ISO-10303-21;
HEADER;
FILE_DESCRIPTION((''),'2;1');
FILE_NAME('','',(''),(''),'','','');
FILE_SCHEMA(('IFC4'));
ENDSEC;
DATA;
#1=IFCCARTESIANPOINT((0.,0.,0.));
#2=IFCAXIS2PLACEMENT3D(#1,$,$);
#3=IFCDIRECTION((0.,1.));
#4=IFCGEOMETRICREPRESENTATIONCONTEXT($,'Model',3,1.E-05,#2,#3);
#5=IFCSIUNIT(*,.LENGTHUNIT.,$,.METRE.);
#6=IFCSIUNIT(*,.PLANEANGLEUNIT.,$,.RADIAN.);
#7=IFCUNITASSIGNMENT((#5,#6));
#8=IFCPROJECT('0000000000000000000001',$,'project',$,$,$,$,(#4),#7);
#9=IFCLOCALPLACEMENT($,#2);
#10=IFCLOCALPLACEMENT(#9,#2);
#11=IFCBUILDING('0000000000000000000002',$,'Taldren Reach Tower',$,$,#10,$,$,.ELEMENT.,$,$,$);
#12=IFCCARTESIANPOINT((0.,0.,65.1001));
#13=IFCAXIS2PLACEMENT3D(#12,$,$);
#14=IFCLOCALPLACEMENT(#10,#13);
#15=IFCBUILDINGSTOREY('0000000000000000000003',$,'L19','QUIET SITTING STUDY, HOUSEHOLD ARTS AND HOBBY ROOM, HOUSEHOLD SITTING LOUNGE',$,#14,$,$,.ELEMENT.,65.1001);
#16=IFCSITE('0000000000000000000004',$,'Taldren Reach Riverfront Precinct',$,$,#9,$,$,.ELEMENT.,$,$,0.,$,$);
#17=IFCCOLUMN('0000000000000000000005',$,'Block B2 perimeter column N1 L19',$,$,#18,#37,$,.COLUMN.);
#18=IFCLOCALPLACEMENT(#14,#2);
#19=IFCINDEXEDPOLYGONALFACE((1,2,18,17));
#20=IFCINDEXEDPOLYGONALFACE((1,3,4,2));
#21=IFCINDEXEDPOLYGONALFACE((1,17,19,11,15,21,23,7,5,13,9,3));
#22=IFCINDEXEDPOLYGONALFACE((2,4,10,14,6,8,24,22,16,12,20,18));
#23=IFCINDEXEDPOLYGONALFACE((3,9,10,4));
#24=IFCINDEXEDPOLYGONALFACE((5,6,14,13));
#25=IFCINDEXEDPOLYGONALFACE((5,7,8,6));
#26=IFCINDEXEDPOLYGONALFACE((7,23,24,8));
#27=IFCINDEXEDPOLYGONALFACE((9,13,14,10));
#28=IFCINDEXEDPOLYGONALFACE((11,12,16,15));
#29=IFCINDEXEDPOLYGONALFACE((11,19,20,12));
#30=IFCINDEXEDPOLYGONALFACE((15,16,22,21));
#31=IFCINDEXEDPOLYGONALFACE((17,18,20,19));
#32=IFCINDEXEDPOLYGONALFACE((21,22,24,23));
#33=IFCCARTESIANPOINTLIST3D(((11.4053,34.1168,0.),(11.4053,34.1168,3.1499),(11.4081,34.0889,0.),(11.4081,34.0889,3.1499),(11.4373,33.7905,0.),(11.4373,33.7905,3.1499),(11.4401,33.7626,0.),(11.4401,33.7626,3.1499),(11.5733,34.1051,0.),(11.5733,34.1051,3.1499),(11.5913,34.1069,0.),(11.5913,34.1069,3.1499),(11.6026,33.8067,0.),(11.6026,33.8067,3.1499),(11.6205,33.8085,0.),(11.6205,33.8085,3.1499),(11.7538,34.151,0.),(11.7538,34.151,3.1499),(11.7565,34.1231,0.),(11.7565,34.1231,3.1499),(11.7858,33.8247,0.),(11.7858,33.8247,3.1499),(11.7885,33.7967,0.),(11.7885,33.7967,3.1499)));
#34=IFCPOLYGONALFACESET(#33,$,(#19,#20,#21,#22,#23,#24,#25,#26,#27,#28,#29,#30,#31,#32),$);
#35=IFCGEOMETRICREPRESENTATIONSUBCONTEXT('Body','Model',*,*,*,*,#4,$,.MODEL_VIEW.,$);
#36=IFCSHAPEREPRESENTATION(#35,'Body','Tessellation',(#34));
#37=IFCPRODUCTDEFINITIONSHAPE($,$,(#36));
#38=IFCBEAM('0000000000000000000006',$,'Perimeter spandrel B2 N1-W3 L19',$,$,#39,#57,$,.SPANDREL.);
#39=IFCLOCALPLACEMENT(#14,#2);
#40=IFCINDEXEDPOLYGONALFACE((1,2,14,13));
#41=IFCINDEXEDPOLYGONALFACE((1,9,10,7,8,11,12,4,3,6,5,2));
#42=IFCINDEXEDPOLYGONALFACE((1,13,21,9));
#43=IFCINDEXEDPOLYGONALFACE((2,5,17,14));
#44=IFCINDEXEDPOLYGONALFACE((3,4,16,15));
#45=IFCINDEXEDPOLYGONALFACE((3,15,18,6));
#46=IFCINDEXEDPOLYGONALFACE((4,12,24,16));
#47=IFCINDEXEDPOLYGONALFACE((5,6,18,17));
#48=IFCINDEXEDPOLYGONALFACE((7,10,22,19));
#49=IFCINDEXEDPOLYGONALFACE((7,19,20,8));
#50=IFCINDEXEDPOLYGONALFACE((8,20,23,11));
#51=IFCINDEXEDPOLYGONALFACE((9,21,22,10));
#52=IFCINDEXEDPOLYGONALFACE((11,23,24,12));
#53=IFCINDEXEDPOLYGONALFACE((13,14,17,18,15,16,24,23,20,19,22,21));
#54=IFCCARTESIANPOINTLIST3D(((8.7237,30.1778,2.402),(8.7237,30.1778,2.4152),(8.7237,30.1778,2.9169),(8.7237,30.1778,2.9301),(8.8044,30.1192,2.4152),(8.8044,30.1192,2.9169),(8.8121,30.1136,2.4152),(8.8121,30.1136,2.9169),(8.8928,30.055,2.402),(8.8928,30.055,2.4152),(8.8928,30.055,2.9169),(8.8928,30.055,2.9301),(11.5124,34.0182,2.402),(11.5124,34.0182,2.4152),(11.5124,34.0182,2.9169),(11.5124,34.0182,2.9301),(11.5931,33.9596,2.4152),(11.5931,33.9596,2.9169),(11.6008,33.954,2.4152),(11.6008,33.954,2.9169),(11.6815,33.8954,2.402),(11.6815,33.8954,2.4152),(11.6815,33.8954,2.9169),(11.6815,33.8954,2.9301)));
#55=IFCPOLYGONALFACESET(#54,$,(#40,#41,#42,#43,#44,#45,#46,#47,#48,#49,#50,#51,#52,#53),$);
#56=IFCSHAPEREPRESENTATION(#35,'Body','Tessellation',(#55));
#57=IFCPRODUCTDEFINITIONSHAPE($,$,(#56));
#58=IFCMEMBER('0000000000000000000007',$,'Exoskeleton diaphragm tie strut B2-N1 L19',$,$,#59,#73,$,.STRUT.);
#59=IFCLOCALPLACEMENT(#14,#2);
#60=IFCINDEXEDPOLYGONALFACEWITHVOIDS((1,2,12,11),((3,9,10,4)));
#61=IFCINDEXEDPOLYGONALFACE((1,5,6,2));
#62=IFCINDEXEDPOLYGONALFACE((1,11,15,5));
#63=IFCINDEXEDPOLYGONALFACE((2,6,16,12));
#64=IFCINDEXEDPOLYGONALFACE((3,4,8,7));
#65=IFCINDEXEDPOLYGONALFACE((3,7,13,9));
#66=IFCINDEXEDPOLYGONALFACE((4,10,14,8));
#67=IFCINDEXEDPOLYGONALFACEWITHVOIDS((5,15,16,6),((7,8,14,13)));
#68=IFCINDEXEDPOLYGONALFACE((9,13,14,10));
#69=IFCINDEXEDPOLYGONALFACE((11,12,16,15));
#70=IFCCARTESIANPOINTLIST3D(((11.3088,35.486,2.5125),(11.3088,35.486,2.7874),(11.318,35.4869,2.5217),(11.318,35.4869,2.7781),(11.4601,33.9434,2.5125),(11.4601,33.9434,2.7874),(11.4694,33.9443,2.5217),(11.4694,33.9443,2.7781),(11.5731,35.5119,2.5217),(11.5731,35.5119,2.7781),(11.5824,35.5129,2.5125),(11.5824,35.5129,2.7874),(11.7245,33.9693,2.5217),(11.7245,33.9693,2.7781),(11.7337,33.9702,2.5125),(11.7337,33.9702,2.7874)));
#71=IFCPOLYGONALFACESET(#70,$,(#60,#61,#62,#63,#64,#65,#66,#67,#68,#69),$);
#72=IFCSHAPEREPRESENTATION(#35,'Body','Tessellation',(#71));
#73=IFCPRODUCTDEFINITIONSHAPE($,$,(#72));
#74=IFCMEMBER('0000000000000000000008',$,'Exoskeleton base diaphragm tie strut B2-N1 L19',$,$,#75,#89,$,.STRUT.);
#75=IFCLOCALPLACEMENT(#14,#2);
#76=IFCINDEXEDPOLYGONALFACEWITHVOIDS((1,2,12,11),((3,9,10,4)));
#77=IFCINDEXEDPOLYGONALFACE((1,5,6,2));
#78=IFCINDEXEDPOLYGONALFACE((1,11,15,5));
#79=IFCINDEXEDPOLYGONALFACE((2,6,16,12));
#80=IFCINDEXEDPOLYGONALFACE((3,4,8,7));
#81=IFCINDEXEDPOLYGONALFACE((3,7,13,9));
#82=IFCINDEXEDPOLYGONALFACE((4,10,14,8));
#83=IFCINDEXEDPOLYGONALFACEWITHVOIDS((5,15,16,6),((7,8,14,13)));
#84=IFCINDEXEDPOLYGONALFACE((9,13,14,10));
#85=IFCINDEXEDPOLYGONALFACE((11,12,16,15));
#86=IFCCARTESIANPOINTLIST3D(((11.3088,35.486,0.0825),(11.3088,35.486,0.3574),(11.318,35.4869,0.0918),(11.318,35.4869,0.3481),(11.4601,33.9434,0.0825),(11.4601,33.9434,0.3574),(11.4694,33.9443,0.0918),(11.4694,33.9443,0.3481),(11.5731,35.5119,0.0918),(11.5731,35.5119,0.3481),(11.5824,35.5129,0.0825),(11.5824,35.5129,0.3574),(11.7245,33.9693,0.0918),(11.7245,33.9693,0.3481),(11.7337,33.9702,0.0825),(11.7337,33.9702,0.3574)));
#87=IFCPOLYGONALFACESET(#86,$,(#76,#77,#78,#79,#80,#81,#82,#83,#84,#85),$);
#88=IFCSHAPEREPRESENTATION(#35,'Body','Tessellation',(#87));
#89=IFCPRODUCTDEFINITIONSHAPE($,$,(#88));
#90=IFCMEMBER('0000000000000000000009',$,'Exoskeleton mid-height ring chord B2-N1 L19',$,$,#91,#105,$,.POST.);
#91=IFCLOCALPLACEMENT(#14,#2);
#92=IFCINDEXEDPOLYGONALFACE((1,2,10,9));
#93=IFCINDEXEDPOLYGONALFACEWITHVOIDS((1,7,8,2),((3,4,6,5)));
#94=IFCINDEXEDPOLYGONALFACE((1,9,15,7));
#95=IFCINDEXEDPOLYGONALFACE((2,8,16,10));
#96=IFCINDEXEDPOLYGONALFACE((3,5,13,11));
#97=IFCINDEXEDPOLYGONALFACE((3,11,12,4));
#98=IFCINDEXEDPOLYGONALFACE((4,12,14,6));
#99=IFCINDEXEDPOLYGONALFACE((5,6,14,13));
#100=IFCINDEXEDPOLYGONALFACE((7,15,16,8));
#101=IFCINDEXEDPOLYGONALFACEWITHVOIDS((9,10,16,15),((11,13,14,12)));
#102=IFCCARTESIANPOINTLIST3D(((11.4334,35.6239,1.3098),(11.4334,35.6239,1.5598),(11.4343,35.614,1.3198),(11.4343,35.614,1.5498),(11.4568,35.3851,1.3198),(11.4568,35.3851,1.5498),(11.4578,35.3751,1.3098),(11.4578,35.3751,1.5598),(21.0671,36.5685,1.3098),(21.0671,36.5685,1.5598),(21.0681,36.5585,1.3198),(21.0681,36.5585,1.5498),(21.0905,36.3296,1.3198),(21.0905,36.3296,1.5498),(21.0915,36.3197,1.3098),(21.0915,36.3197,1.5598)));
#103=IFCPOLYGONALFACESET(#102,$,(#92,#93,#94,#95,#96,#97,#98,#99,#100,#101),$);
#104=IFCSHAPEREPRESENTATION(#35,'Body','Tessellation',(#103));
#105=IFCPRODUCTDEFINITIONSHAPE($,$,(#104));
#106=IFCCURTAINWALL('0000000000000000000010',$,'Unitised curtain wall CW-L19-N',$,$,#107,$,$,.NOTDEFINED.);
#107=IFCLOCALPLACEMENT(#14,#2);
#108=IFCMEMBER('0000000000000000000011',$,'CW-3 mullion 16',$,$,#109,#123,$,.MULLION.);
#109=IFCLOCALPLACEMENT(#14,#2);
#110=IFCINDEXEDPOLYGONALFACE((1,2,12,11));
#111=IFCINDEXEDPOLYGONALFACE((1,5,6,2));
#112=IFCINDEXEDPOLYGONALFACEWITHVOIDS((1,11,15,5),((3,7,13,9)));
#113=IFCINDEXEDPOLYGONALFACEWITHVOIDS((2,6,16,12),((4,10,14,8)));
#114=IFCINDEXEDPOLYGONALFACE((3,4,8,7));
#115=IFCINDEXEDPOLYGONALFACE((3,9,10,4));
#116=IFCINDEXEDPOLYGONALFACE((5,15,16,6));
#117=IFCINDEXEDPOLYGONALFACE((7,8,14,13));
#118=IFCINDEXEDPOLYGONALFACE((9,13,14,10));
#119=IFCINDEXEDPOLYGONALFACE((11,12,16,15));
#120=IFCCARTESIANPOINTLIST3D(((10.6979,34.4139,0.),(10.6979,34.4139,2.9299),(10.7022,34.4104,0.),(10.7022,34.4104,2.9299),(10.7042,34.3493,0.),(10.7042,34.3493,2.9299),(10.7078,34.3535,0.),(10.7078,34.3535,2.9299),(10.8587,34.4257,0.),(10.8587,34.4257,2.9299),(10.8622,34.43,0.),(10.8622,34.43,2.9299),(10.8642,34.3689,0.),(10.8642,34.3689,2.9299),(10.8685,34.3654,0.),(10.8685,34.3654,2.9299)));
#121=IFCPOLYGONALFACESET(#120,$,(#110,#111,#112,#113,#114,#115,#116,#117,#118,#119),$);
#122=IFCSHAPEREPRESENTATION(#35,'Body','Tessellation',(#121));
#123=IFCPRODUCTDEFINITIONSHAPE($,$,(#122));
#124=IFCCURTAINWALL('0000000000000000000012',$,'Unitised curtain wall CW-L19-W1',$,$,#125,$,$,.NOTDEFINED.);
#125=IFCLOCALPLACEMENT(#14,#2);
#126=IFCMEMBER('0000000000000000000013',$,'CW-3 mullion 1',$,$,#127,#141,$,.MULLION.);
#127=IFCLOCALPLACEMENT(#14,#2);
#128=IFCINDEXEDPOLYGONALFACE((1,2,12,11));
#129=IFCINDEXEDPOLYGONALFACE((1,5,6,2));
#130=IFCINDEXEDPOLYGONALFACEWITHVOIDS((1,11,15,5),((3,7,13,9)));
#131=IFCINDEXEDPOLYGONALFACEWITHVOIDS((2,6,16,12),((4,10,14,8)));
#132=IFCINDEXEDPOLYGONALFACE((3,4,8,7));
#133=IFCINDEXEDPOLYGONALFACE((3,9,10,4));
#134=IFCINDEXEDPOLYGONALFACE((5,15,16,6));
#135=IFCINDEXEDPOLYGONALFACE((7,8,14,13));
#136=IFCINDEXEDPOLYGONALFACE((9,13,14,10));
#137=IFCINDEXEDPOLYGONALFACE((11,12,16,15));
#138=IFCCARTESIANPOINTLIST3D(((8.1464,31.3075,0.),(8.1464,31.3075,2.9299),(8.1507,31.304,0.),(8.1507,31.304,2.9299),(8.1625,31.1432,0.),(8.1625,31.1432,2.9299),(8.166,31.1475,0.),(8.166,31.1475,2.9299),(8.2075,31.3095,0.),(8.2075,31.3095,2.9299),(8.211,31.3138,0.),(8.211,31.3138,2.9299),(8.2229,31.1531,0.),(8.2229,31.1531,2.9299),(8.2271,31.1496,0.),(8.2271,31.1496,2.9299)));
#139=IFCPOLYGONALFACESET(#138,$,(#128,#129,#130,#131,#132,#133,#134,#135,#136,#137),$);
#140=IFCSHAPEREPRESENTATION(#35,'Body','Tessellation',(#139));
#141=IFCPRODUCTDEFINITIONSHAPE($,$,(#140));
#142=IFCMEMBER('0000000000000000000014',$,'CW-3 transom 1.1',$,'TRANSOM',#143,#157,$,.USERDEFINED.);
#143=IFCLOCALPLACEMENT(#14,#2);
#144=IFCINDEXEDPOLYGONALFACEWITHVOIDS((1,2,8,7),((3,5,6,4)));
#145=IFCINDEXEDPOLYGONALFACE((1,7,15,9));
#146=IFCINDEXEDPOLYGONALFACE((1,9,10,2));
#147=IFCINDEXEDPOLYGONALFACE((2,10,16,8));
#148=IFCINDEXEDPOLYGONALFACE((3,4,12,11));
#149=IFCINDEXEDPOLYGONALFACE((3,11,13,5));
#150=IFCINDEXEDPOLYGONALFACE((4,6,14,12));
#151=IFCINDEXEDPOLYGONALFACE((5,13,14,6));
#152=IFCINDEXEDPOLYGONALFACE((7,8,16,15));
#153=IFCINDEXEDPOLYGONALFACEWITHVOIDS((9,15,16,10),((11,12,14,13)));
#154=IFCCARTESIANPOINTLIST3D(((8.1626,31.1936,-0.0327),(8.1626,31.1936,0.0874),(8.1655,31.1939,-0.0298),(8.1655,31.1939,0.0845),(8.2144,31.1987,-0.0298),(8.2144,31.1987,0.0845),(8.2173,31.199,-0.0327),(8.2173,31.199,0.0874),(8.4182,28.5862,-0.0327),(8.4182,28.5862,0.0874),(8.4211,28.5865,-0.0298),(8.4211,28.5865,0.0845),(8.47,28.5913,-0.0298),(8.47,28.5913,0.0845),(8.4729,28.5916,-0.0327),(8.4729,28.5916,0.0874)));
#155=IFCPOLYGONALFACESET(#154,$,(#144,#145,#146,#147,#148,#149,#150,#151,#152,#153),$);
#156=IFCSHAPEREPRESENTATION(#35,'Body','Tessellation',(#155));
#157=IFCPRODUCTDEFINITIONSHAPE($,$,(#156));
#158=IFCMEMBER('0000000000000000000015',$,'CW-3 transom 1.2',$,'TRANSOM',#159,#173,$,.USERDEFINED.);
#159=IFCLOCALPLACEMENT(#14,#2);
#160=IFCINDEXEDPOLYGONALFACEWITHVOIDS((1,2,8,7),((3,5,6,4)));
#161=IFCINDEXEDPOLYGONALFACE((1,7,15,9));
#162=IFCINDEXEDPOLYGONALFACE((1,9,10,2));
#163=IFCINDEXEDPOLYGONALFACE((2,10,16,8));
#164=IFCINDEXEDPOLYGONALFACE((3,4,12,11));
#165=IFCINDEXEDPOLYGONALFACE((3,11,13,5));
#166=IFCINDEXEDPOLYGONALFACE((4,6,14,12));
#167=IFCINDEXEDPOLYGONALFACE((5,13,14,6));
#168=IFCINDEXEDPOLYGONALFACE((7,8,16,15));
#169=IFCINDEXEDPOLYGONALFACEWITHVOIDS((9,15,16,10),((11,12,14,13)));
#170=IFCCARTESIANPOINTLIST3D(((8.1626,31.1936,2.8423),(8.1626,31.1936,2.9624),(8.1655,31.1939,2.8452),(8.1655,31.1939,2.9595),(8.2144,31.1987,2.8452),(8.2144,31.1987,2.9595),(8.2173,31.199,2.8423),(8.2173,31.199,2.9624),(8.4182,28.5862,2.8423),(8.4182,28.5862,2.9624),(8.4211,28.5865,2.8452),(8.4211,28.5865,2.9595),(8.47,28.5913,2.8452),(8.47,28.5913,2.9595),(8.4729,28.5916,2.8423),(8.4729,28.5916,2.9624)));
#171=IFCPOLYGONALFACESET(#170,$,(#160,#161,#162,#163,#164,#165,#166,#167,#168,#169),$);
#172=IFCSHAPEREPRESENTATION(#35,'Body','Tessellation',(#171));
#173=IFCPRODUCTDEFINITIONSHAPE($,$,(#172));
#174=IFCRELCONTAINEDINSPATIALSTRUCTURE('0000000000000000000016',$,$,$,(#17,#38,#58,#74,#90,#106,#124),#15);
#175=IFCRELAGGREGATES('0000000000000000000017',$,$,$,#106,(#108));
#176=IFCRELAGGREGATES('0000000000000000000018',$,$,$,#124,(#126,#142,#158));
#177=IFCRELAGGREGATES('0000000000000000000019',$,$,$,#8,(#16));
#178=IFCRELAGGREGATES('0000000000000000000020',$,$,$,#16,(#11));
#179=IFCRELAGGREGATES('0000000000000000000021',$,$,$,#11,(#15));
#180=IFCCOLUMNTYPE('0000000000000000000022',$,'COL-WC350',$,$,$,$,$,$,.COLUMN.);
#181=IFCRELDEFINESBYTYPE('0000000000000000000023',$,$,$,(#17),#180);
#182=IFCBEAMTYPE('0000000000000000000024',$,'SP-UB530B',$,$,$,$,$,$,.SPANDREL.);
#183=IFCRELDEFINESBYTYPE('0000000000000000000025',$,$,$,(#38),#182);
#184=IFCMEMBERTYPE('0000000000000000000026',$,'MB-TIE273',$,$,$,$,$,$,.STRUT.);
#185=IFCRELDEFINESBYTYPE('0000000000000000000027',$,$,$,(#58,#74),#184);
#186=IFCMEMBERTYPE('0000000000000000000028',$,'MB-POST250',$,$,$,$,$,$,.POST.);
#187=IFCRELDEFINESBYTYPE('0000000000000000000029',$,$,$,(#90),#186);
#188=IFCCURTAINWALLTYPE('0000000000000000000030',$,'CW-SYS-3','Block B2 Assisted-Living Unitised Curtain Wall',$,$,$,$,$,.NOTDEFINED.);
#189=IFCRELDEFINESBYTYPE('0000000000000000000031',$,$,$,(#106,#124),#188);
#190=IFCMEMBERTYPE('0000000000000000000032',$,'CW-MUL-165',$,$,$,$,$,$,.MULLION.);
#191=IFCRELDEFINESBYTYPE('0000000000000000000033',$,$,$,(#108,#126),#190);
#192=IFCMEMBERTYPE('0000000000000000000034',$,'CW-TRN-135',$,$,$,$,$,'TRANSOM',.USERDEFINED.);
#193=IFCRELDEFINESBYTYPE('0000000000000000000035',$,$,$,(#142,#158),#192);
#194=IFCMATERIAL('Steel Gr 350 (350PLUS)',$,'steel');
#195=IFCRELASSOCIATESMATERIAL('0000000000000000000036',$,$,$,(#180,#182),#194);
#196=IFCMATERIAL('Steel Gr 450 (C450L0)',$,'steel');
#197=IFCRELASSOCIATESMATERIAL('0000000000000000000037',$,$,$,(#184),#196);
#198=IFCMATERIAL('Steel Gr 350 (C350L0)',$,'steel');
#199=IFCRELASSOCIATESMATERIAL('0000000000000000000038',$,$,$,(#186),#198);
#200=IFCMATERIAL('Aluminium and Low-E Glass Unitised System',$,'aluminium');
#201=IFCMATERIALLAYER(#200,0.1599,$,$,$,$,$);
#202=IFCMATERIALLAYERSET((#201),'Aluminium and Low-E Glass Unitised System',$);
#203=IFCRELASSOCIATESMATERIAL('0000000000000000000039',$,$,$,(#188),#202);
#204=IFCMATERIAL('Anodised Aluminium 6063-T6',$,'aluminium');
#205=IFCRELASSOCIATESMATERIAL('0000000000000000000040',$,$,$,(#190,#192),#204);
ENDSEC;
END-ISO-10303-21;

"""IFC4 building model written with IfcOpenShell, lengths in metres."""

from ifc_helpers import new_model, si_unit, direction, frame, origin, origin_2d, place, context, subcontext, project, spatial, hollow_rectangle, i_section, extrude, source, transform, mapped, material, layer, layer_set, material_profile, profile_set, type_object, element, aggregate, save


model = new_model("IFC4")

# Units and contexts
model_context = context("Model", 3, precision=1e-05, world=origin(), true_north=direction((0.0, 1.0)))
body_context = subcontext(model_context, "Body", "Model", "MODEL_VIEW")
ifc_project = project(units=[si_unit("LENGTHUNIT", "METRE"), si_unit("PLANEANGLEUNIT", "RADIAN")], contexts=[model_context])

# Site, building, storey
site_placement = place(None, origin())
site = spatial("IfcSite", under=ifc_project, at=site_placement, Name="Taldren Reach Riverfront Precinct", CompositionType="ELEMENT", RefElevation=0.0)
building_placement = place(site_placement, origin())
building = spatial("IfcBuilding", under=site, at=building_placement, Name="Taldren Reach Tower", CompositionType="ELEMENT")
storey_placement = place(building_placement, frame((0.0, 0.0, 65.1001)))
storey = spatial("IfcBuildingStorey", under=building, at=storey_placement, Name="L19", Description="QUIET SITTING STUDY, HOUSEHOLD ARTS AND HOBBY ROOM, HOUSEHOLD SITTING LOUNGE", CompositionType="ELEMENT", Elevation=65.1001)

# Column
ifc_material_1 = material(Name="Steel Gr 350 (350PLUS)", Category="steel")
ifc_material_profile_1 = material_profile(ifc_material_1, i_section(OverallWidth=0.3501, OverallDepth=0.356, WebThickness=0.0181, FlangeThickness=0.0281, at=origin_2d()), Name="350WC197")
ifc_profile_set_1 = profile_set([ifc_material_profile_1], Name="Steel Gr 350 (350PLUS)")
column_type = type_object("IfcColumnType", Name="COL-WC350", PredefinedType="COLUMN", material=ifc_profile_set_1)
shared_shape_1 = source(origin(), body_context, "Body", "SweptSolid", [
    extrude(i_section(OverallWidth=0.3501, OverallDepth=0.356, WebThickness=0.0181, FlangeThickness=0.0281, at=origin_2d()), origin(), (0.0, 0.0, 1.0), 3.1499),
])
column_placement = place(storey_placement, frame((11.5969, 33.9568, 0.0), z_axis=(0.0, 0.0, 1.0), x_axis=(0.995227, 0.097583, 0.0)))
element("IfcColumn", 1, at=column_placement, inside=storey, type_object=column_type, Name="Block B2 perimeter column N1 L19", PredefinedType="COLUMN", context=body_context, shape_type="MappedRepresentation", body=[
    mapped(shared_shape_1, transform((0.0, 0.0, 0.0), scale=1.0)),
])

# Beam
ifc_material_profile_2 = material_profile(ifc_material_1, i_section(OverallWidth=0.209, OverallDepth=0.5281, WebThickness=0.0095, FlangeThickness=0.0132, at=origin_2d()), Name="530UB82.0")
ifc_profile_set_2 = profile_set([ifc_material_profile_2], Name="Steel Gr 350 (350PLUS)")
beam_type = type_object("IfcBeamType", Name="SP-UB530B", PredefinedType="SPANDREL", material=ifc_profile_set_2)
shared_shape_2 = source(origin(), body_context, "Body", "SweptSolid", [
    extrude(i_section(OverallWidth=0.209, OverallDepth=0.5281, WebThickness=0.0095, FlangeThickness=0.0132, at=origin_2d()), origin(), (0.0, 0.0, 1.0), 4.7461),
])
beam_placement = place(storey_placement, frame((11.5969, 33.9568, 2.666), z_axis=(-0.587566, -0.809176, 0.0), x_axis=(0.809176, -0.587566, 0.0)))
element("IfcBeam", 2, at=beam_placement, inside=storey, type_object=beam_type, Name="Perimeter spandrel B2 N1-W3 L19", PredefinedType="SPANDREL", context=body_context, shape_type="MappedRepresentation", body=[
    mapped(shared_shape_2, transform((0.0, 0.0, 0.0), scale=1.0)),
])

# Members
ifc_material_2 = material(Name="Steel Gr 450 (C450L0)", Category="steel")
ifc_material_profile_3 = material_profile(ifc_material_2, hollow_rectangle(XDim=0.2749, YDim=0.2749, WallThickness=0.0093, at=origin_2d()), Name="275x275x9.3SHS")
ifc_profile_set_3 = profile_set([ifc_material_profile_3], Name="Steel Gr 450 (C450L0)")
member_type_1 = type_object("IfcMemberType", Name="MB-TIE273", PredefinedType="STRUT", material=ifc_profile_set_3)
shared_shape_3 = source(origin(), body_context, "Body", "SweptSolid", [
    extrude(hollow_rectangle(XDim=0.2749, YDim=0.2749, WallThickness=0.0093, at=origin_2d()), origin(), (0.0, 0.0, 1.0), 1.55),
])
for number, where, z_axis, x_axis, name in (
    (3, (11.5969, 33.9568, 2.6499), (-0.097648, 0.995221, 0.0), (-0.995221, -0.097648, 0.0), "Exoskeleton diaphragm tie strut B2-N1 L19"),
    (4, (11.5969, 33.9568, 0.22), (-0.097648, 0.995221, 0.0), (-0.995221, -0.097648, 0.0), "Exoskeleton base diaphragm tie strut B2-N1 L19"),
):
    element("IfcMember", number, at=place(storey_placement, frame(where, z_axis=z_axis, x_axis=x_axis)), inside=storey, type_object=member_type_1, Name=name, PredefinedType="STRUT", context=body_context, shape_type="MappedRepresentation", body=[
        mapped(shared_shape_3, transform((0.0, 0.0, 0.0), scale=1.0)),
    ])
ifc_material_3 = material(Name="Steel Gr 350 (C350L0)", Category="steel")
ifc_material_profile_4 = material_profile(ifc_material_3, hollow_rectangle(XDim=0.25, YDim=0.25, WallThickness=0.01, at=origin_2d()), Name="250x250x10.0SHS")
ifc_profile_set_4 = profile_set([ifc_material_profile_4], Name="Steel Gr 350 (C350L0)")
member_type_2 = type_object("IfcMemberType", Name="MB-POST250", PredefinedType="POST", material=ifc_profile_set_4)
shared_shape_4 = source(origin(), body_context, "Body", "SweptSolid", [
    extrude(hollow_rectangle(XDim=0.25, YDim=0.25, WallThickness=0.01, at=origin_2d()), origin(), (0.0, 0.0, 1.0), 9.6799),
])
member_1_placement = place(storey_placement, frame((11.4456, 35.4995, 1.4348), z_axis=(0.995228, 0.097581, 0.0), x_axis=(-0.097581, 0.995228, 0.0)))
element("IfcMember", 5, at=member_1_placement, inside=storey, type_object=member_type_2, Name="Exoskeleton mid-height ring chord B2-N1 L19", PredefinedType="POST", context=body_context, shape_type="MappedRepresentation", body=[
    mapped(shared_shape_4, transform((0.0, 0.0, 0.0), scale=1.0)),
])

# Curtain wall, member
ifc_material_4 = material(Name="Aluminium and Low-E Glass Unitised System", Category="aluminium")
ifc_layer_1 = layer(ifc_material_4, 0.1599)
ifc_layer_set_1 = layer_set([ifc_layer_1], Name="Aluminium and Low-E Glass Unitised System")
curtain_wall_type = type_object("IfcCurtainWallType", Name="CW-SYS-3", Description="Block B2 Assisted-Living Unitised Curtain Wall", PredefinedType="NOTDEFINED", material=ifc_layer_set_1)
curtain_wall_1_placement = place(storey_placement, origin())
curtain_wall_1 = element("IfcCurtainWall", 6, at=curtain_wall_1_placement, inside=storey, type_object=curtain_wall_type, Name="Unitised curtain wall CW-L19-N", PredefinedType="NOTDEFINED")
ifc_material_5 = material(Name="Anodised Aluminium 6063-T6", Category="aluminium")
ifc_material_profile_5 = material_profile(ifc_material_5, hollow_rectangle(XDim=0.0649, YDim=0.165, WallThickness=0.0039, at=origin_2d()), Name="ALU-165x65x4RHS")
ifc_profile_set_5 = profile_set([ifc_material_profile_5], Name="Anodised Aluminium 6063-T6")
member_type_3 = type_object("IfcMemberType", Name="CW-MUL-165", PredefinedType="MULLION", material=ifc_profile_set_5)
shared_shape_5 = source(origin(), body_context, "Body", "SweptSolid", [
    extrude(hollow_rectangle(XDim=0.0649, YDim=0.165, WallThickness=0.0039, at=origin_2d()), origin(), (0.0, 0.0, 1.0), 2.9299),
])
member_2_placement = place(storey_placement, frame((10.7832, 34.3896, 0.0), z_axis=(0.0, 0.0, 1.0), x_axis=(0.097583, -0.995227, 0.0)))
member_2 = element("IfcMember", 7, at=member_2_placement, type_object=member_type_3, Name="CW-3 mullion 16", PredefinedType="MULLION", context=body_context, shape_type="MappedRepresentation", body=[
    mapped(shared_shape_5, transform((0.0, 0.0, 0.0), scale=1.0)),
])
aggregate(curtain_wall_1, [member_2])

# Curtain wall, members
curtain_wall_2_placement = place(storey_placement, origin())
curtain_wall_2 = element("IfcCurtainWall", 8, at=curtain_wall_2_placement, inside=storey, type_object=curtain_wall_type, Name="Unitised curtain wall CW-L19-W1", PredefinedType="NOTDEFINED")
member_3_placement = place(storey_placement, frame((8.1868, 31.2285, 0.0), z_axis=(0.0, 0.0, 1.0), x_axis=(0.995227, 0.097582, 0.0)))
member_3 = element("IfcMember", 9, at=member_3_placement, type_object=member_type_3, Name="CW-3 mullion 1", PredefinedType="MULLION", context=body_context, shape_type="MappedRepresentation", body=[
    mapped(shared_shape_5, transform((0.0, 0.0, 0.0), scale=1.0)),
])
ifc_material_profile_6 = material_profile(ifc_material_5, hollow_rectangle(XDim=0.0549, YDim=0.1201, WallThickness=0.0029, at=origin_2d()), Name="ALU-120x55x3RHS")
ifc_profile_set_6 = profile_set([ifc_material_profile_6], Name="Anodised Aluminium 6063-T6")
member_type_4 = type_object("IfcMemberType", Name="CW-TRN-135", ElementType="TRANSOM", PredefinedType="USERDEFINED", material=ifc_profile_set_6)
shared_shape_6 = source(origin(), body_context, "Body", "SweptSolid", [
    extrude(hollow_rectangle(XDim=0.0549, YDim=0.1201, WallThickness=0.0029, at=origin_2d()), origin(), (0.0, 0.0, 1.0), 2.6199),
])
member_4_placement = place(storey_placement, frame((8.1899, 31.1963, 0.0273), z_axis=(0.097566, -0.995229, 0.0), x_axis=(0.995229, 0.097566, 0.0)))
member_4 = element("IfcMember", 10, at=member_4_placement, type_object=member_type_4, Name="CW-3 transom 1.1", ObjectType="TRANSOM", PredefinedType="USERDEFINED", context=body_context, shape_type="MappedRepresentation", body=[
    mapped(shared_shape_6, transform((0.0, 0.0, 0.0), scale=1.0)),
])
member_5_placement = place(storey_placement, frame((8.1899, 31.1963, 2.9023), z_axis=(0.097566, -0.995229, 0.0), x_axis=(0.995229, 0.097566, 0.0)))
member_5 = element("IfcMember", 11, at=member_5_placement, type_object=member_type_4, Name="CW-3 transom 1.2", ObjectType="TRANSOM", PredefinedType="USERDEFINED", context=body_context, shape_type="MappedRepresentation", body=[
    mapped(shared_shape_6, transform((0.0, 0.0, 0.0), scale=1.0)),
])
aggregate(curtain_wall_2, [member_3, member_4, member_5])

save(model, "model.ifc")
